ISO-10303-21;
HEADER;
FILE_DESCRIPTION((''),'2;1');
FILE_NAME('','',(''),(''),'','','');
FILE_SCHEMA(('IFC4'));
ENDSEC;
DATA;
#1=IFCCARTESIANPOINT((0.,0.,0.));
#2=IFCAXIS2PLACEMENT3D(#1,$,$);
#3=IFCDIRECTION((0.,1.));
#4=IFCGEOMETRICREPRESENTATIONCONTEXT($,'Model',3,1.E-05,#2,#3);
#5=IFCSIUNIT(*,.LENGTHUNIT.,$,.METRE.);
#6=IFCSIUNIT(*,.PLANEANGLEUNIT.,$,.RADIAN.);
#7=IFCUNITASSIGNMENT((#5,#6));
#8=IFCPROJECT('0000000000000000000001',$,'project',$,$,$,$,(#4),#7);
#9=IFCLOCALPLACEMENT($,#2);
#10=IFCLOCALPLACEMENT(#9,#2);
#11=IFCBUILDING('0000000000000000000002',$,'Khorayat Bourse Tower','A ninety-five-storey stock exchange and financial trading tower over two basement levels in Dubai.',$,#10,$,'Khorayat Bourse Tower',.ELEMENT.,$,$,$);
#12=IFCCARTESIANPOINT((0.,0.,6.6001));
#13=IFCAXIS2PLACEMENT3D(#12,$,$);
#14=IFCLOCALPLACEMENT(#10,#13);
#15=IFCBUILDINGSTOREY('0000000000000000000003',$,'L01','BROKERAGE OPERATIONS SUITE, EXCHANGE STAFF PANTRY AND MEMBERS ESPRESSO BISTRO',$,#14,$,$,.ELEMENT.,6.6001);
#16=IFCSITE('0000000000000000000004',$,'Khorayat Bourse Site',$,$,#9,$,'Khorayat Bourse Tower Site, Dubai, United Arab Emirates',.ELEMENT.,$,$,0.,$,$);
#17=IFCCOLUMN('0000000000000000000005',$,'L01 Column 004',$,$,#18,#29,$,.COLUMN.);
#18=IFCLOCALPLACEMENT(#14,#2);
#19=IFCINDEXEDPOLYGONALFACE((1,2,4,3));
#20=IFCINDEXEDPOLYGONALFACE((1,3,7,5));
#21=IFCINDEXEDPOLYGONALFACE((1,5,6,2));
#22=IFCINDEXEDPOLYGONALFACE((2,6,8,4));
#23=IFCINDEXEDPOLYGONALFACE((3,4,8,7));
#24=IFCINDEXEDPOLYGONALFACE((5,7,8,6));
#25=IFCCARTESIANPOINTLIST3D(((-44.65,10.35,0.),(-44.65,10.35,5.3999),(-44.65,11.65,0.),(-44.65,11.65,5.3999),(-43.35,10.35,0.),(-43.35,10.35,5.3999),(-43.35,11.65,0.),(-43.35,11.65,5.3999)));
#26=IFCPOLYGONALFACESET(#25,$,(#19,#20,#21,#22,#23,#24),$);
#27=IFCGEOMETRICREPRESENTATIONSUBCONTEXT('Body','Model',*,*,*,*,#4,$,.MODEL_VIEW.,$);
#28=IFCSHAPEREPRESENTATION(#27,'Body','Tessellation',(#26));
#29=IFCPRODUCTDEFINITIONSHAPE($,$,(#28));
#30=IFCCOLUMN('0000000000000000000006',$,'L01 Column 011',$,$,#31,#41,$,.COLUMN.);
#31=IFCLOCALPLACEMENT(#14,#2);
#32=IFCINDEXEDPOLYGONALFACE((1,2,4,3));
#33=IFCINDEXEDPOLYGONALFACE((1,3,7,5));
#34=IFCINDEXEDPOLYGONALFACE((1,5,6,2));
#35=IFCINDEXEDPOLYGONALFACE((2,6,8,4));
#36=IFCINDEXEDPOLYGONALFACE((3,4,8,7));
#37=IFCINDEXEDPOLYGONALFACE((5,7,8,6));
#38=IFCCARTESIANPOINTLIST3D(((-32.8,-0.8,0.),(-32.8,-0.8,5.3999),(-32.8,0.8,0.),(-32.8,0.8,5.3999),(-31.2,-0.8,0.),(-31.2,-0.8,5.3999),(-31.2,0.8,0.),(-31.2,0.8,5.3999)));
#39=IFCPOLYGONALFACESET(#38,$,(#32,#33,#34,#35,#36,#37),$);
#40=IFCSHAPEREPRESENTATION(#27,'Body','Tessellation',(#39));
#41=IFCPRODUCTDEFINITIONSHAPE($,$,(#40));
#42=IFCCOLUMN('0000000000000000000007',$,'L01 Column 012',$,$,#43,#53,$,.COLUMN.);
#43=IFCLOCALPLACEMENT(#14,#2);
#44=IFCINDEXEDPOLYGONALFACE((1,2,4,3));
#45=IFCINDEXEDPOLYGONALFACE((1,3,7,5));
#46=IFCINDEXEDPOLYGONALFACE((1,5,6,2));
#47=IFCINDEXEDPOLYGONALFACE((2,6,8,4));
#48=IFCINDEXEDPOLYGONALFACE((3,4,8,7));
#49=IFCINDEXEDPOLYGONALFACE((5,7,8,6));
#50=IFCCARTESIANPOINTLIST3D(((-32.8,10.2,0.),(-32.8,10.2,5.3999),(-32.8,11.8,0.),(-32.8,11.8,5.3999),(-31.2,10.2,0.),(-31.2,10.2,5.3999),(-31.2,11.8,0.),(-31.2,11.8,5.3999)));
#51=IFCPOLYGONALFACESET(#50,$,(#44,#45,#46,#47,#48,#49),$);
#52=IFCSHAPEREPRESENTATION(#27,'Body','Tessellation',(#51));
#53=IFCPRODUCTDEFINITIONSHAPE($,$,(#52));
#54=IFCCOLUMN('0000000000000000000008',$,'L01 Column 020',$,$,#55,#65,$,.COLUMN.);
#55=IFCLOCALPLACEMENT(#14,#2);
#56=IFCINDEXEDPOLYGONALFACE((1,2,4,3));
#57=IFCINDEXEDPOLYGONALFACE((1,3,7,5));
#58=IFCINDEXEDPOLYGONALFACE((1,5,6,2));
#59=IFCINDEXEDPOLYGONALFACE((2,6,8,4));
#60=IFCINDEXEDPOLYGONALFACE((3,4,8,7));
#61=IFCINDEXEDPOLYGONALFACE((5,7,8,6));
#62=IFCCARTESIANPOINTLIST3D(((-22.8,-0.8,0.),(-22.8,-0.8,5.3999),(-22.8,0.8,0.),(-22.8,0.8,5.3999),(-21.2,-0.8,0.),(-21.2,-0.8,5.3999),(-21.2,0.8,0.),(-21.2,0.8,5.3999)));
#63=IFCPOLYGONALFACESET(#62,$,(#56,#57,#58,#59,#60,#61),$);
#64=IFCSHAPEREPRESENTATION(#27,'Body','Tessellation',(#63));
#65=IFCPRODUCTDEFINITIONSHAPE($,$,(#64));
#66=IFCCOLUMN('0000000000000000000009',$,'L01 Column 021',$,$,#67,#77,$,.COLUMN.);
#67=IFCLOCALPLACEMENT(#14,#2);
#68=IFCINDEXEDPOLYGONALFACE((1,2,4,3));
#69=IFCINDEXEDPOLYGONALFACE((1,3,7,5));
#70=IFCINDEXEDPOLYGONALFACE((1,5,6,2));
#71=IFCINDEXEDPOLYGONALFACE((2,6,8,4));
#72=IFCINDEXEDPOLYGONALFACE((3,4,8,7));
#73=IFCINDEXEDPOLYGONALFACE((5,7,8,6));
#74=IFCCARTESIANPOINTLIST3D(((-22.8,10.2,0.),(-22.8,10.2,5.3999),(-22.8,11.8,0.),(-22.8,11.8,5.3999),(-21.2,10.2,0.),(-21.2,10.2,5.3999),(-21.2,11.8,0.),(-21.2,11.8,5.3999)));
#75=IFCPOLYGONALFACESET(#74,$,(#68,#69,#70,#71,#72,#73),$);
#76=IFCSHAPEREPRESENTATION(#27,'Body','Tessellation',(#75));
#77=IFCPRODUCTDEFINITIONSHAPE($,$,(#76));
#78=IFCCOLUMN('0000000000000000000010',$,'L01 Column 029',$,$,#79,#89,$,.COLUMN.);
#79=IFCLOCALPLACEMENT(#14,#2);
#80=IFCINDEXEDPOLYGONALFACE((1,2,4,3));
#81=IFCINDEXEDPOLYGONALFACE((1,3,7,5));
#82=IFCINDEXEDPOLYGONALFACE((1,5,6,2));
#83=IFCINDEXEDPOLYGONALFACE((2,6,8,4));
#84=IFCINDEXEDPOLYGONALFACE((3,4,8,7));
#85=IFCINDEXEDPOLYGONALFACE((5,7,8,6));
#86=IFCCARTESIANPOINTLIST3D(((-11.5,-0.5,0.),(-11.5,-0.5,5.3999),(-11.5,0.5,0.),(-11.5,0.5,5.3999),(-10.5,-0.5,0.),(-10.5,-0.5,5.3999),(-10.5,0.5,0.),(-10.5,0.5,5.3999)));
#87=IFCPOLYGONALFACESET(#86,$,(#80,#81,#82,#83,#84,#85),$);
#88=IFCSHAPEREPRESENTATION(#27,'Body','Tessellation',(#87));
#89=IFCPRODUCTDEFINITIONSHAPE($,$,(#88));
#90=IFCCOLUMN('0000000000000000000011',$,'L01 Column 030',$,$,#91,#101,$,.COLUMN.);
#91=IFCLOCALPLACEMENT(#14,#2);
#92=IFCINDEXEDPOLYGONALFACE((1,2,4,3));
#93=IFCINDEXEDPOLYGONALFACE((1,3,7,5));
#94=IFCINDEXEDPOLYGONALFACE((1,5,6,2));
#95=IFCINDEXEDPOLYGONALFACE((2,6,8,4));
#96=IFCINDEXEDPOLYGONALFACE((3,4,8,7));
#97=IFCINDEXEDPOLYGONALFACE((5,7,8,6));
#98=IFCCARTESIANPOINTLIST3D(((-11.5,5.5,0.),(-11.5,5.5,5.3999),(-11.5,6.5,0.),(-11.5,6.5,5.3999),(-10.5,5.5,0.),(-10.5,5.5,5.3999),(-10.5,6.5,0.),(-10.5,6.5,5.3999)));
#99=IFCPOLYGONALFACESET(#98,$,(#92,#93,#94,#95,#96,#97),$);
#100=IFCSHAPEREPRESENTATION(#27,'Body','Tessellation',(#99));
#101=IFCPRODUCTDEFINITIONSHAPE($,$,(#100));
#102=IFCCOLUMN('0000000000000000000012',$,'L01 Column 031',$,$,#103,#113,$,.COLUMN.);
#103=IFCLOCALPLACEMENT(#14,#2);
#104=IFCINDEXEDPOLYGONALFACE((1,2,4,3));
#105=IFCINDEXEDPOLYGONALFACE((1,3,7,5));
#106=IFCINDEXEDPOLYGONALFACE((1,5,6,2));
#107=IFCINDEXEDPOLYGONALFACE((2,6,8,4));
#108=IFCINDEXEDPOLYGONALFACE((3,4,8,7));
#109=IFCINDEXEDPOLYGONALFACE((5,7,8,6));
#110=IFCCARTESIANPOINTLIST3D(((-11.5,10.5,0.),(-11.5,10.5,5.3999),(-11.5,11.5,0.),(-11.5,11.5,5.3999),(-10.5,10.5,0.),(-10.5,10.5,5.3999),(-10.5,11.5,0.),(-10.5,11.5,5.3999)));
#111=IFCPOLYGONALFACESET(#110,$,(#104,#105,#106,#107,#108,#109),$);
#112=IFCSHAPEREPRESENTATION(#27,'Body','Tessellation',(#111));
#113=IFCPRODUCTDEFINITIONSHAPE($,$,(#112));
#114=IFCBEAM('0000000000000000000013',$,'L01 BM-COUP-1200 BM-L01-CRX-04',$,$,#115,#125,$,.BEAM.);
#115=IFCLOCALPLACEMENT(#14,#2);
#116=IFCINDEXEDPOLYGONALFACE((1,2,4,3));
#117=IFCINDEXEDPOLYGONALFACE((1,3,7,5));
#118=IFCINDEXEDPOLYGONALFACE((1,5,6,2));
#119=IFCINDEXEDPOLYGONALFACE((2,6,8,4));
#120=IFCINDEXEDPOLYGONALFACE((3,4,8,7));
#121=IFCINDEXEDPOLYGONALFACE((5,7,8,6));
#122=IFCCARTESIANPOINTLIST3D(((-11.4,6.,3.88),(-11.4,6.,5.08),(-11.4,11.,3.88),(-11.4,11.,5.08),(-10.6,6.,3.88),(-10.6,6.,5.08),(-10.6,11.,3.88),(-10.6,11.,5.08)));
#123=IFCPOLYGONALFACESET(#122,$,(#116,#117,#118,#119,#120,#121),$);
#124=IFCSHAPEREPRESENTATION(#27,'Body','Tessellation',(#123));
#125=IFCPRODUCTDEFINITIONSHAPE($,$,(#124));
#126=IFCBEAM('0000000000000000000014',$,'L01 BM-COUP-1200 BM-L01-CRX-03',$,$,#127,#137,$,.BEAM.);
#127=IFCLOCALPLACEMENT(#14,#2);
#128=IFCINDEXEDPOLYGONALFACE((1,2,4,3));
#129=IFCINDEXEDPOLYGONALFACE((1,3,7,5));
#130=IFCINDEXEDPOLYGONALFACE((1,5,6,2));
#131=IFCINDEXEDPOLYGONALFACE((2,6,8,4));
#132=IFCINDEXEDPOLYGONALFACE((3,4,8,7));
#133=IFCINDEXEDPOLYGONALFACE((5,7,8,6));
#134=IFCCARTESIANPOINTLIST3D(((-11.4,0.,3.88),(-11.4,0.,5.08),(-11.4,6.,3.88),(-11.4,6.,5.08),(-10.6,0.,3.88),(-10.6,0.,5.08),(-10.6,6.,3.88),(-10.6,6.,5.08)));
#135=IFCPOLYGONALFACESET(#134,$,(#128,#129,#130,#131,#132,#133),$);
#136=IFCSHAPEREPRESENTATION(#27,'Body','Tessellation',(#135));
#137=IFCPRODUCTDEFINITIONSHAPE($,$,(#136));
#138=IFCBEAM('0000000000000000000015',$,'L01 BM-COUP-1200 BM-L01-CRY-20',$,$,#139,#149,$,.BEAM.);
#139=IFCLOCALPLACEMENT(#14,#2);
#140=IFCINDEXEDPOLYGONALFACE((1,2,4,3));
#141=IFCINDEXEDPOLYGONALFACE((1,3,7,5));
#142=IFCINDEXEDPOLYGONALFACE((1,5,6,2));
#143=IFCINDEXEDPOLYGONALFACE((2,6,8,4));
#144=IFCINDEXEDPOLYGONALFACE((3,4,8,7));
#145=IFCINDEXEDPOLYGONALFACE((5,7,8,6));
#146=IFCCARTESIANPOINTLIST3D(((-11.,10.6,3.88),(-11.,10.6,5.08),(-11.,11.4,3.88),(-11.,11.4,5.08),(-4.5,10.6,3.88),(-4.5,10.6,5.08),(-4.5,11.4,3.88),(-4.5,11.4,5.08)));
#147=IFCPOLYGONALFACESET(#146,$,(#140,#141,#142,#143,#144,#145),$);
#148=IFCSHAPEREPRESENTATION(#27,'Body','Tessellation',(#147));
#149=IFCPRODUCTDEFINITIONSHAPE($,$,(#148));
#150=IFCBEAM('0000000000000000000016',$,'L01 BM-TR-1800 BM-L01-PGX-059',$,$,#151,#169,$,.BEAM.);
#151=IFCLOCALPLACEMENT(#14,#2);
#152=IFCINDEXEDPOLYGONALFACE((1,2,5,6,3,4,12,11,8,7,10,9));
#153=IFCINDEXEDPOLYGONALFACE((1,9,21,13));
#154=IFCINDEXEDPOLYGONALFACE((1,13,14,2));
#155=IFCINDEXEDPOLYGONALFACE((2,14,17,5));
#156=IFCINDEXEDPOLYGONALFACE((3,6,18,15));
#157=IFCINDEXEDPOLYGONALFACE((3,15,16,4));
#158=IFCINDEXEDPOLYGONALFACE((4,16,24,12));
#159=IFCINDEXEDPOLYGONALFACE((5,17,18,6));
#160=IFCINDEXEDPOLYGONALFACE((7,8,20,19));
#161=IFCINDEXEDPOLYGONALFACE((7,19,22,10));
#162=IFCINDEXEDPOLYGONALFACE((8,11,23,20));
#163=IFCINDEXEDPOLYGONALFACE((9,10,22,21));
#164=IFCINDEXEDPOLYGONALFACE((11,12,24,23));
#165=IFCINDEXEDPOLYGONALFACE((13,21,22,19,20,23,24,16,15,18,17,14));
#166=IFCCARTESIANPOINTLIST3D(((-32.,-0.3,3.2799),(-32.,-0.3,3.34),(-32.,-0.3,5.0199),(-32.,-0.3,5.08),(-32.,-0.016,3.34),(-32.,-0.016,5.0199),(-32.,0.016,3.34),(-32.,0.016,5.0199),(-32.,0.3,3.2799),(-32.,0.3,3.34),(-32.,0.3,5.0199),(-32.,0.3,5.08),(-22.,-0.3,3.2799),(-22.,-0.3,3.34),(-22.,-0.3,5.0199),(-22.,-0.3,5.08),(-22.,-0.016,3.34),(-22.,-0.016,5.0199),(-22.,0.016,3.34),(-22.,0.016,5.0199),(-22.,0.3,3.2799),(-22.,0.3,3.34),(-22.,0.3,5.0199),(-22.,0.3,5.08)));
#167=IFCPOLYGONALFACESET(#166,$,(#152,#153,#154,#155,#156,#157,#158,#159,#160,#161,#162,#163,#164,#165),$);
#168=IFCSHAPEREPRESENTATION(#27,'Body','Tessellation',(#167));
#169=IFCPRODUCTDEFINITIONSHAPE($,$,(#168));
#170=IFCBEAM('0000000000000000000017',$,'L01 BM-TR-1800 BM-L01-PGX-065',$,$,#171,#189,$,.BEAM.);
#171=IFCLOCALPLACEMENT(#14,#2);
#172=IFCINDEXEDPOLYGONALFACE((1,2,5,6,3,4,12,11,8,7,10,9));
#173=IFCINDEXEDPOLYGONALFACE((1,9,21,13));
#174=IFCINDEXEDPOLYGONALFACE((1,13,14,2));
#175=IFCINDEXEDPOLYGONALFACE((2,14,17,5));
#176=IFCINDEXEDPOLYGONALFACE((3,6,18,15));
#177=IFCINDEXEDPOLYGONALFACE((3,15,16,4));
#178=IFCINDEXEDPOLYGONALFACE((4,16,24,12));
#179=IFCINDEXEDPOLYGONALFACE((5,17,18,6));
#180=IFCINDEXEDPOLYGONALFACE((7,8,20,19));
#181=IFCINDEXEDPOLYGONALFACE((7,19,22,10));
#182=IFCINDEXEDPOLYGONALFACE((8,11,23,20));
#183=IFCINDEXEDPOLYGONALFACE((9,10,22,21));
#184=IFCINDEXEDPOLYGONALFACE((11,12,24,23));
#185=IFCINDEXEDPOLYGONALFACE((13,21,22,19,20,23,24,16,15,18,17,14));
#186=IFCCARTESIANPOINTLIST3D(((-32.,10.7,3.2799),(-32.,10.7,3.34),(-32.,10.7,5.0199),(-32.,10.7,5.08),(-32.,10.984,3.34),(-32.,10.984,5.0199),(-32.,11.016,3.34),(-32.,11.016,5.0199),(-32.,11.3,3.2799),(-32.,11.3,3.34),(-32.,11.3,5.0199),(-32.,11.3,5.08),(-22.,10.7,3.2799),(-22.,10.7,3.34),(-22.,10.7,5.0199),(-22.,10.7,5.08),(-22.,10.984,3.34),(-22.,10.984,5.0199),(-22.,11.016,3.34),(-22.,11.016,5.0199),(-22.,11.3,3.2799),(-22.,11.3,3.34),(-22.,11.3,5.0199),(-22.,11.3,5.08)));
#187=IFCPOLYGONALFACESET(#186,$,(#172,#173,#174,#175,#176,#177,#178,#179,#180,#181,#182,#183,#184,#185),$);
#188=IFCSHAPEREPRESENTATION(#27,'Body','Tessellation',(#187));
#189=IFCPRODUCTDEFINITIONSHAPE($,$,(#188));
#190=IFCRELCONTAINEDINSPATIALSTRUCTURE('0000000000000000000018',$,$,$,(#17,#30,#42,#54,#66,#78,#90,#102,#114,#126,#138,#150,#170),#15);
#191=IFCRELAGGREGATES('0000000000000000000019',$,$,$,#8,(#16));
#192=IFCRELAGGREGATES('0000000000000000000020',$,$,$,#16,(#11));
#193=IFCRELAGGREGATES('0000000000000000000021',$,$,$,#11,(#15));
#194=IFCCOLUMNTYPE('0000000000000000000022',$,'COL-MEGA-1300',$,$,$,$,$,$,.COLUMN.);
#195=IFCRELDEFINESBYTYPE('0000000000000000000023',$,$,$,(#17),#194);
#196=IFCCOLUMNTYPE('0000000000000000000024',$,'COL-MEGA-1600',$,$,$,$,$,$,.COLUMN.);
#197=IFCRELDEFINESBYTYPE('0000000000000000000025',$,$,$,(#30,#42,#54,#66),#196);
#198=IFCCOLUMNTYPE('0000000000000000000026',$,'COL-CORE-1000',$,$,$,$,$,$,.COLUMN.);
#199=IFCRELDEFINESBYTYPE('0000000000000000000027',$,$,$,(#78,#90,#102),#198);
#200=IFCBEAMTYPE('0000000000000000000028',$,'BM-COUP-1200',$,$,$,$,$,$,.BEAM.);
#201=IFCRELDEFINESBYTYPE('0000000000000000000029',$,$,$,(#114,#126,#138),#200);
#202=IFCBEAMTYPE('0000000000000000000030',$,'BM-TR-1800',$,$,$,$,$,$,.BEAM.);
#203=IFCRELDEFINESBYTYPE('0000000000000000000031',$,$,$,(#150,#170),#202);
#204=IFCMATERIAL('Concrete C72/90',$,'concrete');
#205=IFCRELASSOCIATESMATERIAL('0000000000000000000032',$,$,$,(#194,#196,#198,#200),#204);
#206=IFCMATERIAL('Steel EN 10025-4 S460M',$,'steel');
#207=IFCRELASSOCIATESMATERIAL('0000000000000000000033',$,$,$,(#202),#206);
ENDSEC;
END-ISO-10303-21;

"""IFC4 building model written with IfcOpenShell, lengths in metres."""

from ifc_helpers import new_model, si_unit, direction, frame, origin, origin_2d, place, context, subcontext, project, spatial, rectangle, i_section, extrude, source, transform, mapped, material, material_profile, profile_set, type_object, element, save


model = new_model("IFC4")

# Units and contexts
model_context = context("Model", 3, precision=1e-05, world=origin(), true_north=direction((0.0, 1.0)))
body_context = subcontext(model_context, "Body", "Model", "MODEL_VIEW")
ifc_project = project(units=[si_unit("LENGTHUNIT", "METRE"), si_unit("PLANEANGLEUNIT", "RADIAN")], contexts=[model_context])

# Site, building, storey
site_placement = place(None, origin())
site = spatial("IfcSite", under=ifc_project, at=site_placement, Name="Khorayat Bourse Site", LongName="Khorayat Bourse Tower Site, Dubai, United Arab Emirates", CompositionType="ELEMENT", RefElevation=0.0)
building_placement = place(site_placement, origin())
building = spatial("IfcBuilding", under=site, at=building_placement, Name="Khorayat Bourse Tower", Description="A ninety-five-storey stock exchange and financial trading tower over two basement levels in Dubai.", LongName="Khorayat Bourse Tower", CompositionType="ELEMENT")
storey_placement = place(building_placement, frame((0.0, 0.0, 6.6001)))
storey = spatial("IfcBuildingStorey", under=building, at=storey_placement, Name="L01", Description="BROKERAGE OPERATIONS SUITE, EXCHANGE STAFF PANTRY AND MEMBERS ESPRESSO BISTRO", CompositionType="ELEMENT", Elevation=6.6001)

# Columns
ifc_material_1 = material(Name="Concrete C72/90", Category="concrete")
ifc_material_profile_1 = material_profile(ifc_material_1, rectangle(XDim=1.3, YDim=1.3, at=origin_2d()), Name="RC 1300x1300")
ifc_profile_set_1 = profile_set([ifc_material_profile_1], Name="Concrete C72/90")
column_type_1 = type_object("IfcColumnType", Name="COL-MEGA-1300", PredefinedType="COLUMN", material=ifc_profile_set_1)
shared_shape_1 = source(origin(), body_context, "Body", "SweptSolid", [
    extrude(rectangle(XDim=1.3, YDim=1.3, at=origin_2d()), origin(), (0.0, 0.0, 1.0), 5.3999),
])
column_placement = place(storey_placement, frame((-44.0, 11.0, 0.0), z_axis=(0.0, 0.0, 1.0), x_axis=(1.0, 0.0, 0.0)))
element("IfcColumn", 1, at=column_placement, inside=storey, type_object=column_type_1, Name="L01 Column 004", PredefinedType="COLUMN", context=body_context, shape_type="MappedRepresentation", body=[
    mapped(shared_shape_1, transform((0.0, 0.0, 0.0), scale=1.0)),
])
ifc_material_profile_2 = material_profile(ifc_material_1, rectangle(XDim=1.6001, YDim=1.6001, at=origin_2d()), Name="RC 1600x1600")
ifc_profile_set_2 = profile_set([ifc_material_profile_2], Name="Concrete C72/90")
column_type_2 = type_object("IfcColumnType", Name="COL-MEGA-1600", PredefinedType="COLUMN", material=ifc_profile_set_2)
shared_shape_2 = source(origin(), body_context, "Body", "SweptSolid", [
    extrude(rectangle(XDim=1.6001, YDim=1.6001, at=origin_2d()), origin(), (0.0, 0.0, 1.0), 5.3999),
])
for number, where, z_axis, x_axis, name in (
    (2, (-32.0, 0.0, 0.0), (0.0, 0.0, 1.0), (1.0, 0.0, 0.0), "L01 Column 011"),
    (3, (-32.0, 11.0, 0.0), (0.0, 0.0, 1.0), (1.0, 0.0, 0.0), "L01 Column 012"),
    (4, (-22.0, 0.0, 0.0), (0.0, 0.0, 1.0), (1.0, 0.0, 0.0), "L01 Column 020"),
    (5, (-22.0, 11.0, 0.0), (0.0, 0.0, 1.0), (1.0, 0.0, 0.0), "L01 Column 021"),
):
    element("IfcColumn", number, at=place(storey_placement, frame(where, z_axis=z_axis, x_axis=x_axis)), inside=storey, type_object=column_type_2, Name=name, PredefinedType="COLUMN", context=body_context, shape_type="MappedRepresentation", body=[
        mapped(shared_shape_2, transform((0.0, 0.0, 0.0), scale=1.0)),
    ])
ifc_material_profile_3 = material_profile(ifc_material_1, rectangle(XDim=1.0, YDim=1.0, at=origin_2d()), Name="RC 1000x1000")
ifc_profile_set_3 = profile_set([ifc_material_profile_3], Name="Concrete C72/90")
column_type_3 = type_object("IfcColumnType", Name="COL-CORE-1000", PredefinedType="COLUMN", material=ifc_profile_set_3)
shared_shape_3 = source(origin(), body_context, "Body", "SweptSolid", [
    extrude(rectangle(XDim=1.0, YDim=1.0, at=origin_2d()), origin(), (0.0, 0.0, 1.0), 5.3999),
])
for number, where, z_axis, x_axis, name in (
    (6, (-11.0, 0.0, 0.0), (0.0, 0.0, 1.0), (1.0, 0.0, 0.0), "L01 Column 029"),
    (7, (-11.0, 6.0, 0.0), (0.0, 0.0, 1.0), (1.0, 0.0, 0.0), "L01 Column 030"),
    (8, (-11.0, 11.0, 0.0), (0.0, 0.0, 1.0), (1.0, 0.0, 0.0), "L01 Column 031"),
):
    element("IfcColumn", number, at=place(storey_placement, frame(where, z_axis=z_axis, x_axis=x_axis)), inside=storey, type_object=column_type_3, Name=name, PredefinedType="COLUMN", context=body_context, shape_type="MappedRepresentation", body=[
        mapped(shared_shape_3, transform((0.0, 0.0, 0.0), scale=1.0)),
    ])

# Beams
ifc_material_profile_4 = material_profile(ifc_material_1, rectangle(XDim=0.8, YDim=1.2, at=origin_2d()), Name="RC 800x1200")
ifc_profile_set_4 = profile_set([ifc_material_profile_4], Name="Concrete C72/90")
beam_type_1 = type_object("IfcBeamType", Name="BM-COUP-1200", PredefinedType="BEAM", material=ifc_profile_set_4)
shared_shape_4 = source(origin(), body_context, "Body", "SweptSolid", [
    extrude(rectangle(XDim=0.8, YDim=1.2, at=origin_2d()), origin(), (0.0, 0.0, 1.0), 5.0),
])
beam_1_placement = place(storey_placement, frame((-11.0, 6.0, 4.48), z_axis=(0.0, 1.0, 0.0), x_axis=(-1.0, 0.0, 0.0)))
element("IfcBeam", 9, at=beam_1_placement, inside=storey, type_object=beam_type_1, Name="L01 BM-COUP-1200 BM-L01-CRX-04", PredefinedType="BEAM", context=body_context, shape_type="MappedRepresentation", body=[
    mapped(shared_shape_4, transform((0.0, 0.0, 0.0), scale=1.0)),
])
shared_shape_5 = source(origin(), body_context, "Body", "SweptSolid", [
    extrude(rectangle(XDim=0.8, YDim=1.2, at=origin_2d()), origin(), (0.0, 0.0, 1.0), 6.0),
])
beam_2_placement = place(storey_placement, frame((-11.0, 0.0, 4.48), z_axis=(0.0, 1.0, 0.0), x_axis=(-1.0, 0.0, 0.0)))
element("IfcBeam", 10, at=beam_2_placement, inside=storey, type_object=beam_type_1, Name="L01 BM-COUP-1200 BM-L01-CRX-03", PredefinedType="BEAM", context=body_context, shape_type="MappedRepresentation", body=[
    mapped(shared_shape_5, transform((0.0, 0.0, 0.0), scale=1.0)),
])
shared_shape_6 = source(origin(), body_context, "Body", "SweptSolid", [
    extrude(rectangle(XDim=0.8, YDim=1.2, at=origin_2d()), origin(), (0.0, 0.0, 1.0), 6.5),
])
beam_3_placement = place(storey_placement, frame((-11.0, 11.0, 4.48), z_axis=(1.0, 0.0, 0.0), x_axis=(0.0, 1.0, 0.0)))
element("IfcBeam", 11, at=beam_3_placement, inside=storey, type_object=beam_type_1, Name="L01 BM-COUP-1200 BM-L01-CRY-20", PredefinedType="BEAM", context=body_context, shape_type="MappedRepresentation", body=[
    mapped(shared_shape_6, transform((0.0, 0.0, 0.0), scale=1.0)),
])
ifc_material_2 = material(Name="Steel EN 10025-4 S460M", Category="steel")
ifc_material_profile_5 = material_profile(ifc_material_2, i_section(OverallWidth=0.6001, OverallDepth=1.8, WebThickness=0.032, FlangeThickness=0.0601, at=origin_2d()), Name="PG 1800x600x32x60")
ifc_profile_set_5 = profile_set([ifc_material_profile_5], Name="Steel EN 10025-4 S460M")
beam_type_2 = type_object("IfcBeamType", Name="BM-TR-1800", PredefinedType="BEAM", material=ifc_profile_set_5)
shared_shape_7 = source(origin(), body_context, "Body", "SweptSolid", [
    extrude(i_section(OverallWidth=0.6001, OverallDepth=1.8, WebThickness=0.032, FlangeThickness=0.0601, at=origin_2d()), origin(), (0.0, 0.0, 1.0), 10.0),
])
for number, where, z_axis, x_axis, name in (
    (12, (-32.0, 0.0, 4.1799), (1.0, 0.0, 0.0), (0.0, 1.0, 0.0), "L01 BM-TR-1800 BM-L01-PGX-059"),
    (13, (-32.0, 11.0, 4.1799), (1.0, 0.0, 0.0), (0.0, 1.0, 0.0), "L01 BM-TR-1800 BM-L01-PGX-065"),
):
    element("IfcBeam", number, at=place(storey_placement, frame(where, z_axis=z_axis, x_axis=x_axis)), inside=storey, type_object=beam_type_2, Name=name, PredefinedType="BEAM", context=body_context, shape_type="MappedRepresentation", body=[
        mapped(shared_shape_7, transform((0.0, 0.0, 0.0), scale=1.0)),
    ])

save(model, "model.ifc")
